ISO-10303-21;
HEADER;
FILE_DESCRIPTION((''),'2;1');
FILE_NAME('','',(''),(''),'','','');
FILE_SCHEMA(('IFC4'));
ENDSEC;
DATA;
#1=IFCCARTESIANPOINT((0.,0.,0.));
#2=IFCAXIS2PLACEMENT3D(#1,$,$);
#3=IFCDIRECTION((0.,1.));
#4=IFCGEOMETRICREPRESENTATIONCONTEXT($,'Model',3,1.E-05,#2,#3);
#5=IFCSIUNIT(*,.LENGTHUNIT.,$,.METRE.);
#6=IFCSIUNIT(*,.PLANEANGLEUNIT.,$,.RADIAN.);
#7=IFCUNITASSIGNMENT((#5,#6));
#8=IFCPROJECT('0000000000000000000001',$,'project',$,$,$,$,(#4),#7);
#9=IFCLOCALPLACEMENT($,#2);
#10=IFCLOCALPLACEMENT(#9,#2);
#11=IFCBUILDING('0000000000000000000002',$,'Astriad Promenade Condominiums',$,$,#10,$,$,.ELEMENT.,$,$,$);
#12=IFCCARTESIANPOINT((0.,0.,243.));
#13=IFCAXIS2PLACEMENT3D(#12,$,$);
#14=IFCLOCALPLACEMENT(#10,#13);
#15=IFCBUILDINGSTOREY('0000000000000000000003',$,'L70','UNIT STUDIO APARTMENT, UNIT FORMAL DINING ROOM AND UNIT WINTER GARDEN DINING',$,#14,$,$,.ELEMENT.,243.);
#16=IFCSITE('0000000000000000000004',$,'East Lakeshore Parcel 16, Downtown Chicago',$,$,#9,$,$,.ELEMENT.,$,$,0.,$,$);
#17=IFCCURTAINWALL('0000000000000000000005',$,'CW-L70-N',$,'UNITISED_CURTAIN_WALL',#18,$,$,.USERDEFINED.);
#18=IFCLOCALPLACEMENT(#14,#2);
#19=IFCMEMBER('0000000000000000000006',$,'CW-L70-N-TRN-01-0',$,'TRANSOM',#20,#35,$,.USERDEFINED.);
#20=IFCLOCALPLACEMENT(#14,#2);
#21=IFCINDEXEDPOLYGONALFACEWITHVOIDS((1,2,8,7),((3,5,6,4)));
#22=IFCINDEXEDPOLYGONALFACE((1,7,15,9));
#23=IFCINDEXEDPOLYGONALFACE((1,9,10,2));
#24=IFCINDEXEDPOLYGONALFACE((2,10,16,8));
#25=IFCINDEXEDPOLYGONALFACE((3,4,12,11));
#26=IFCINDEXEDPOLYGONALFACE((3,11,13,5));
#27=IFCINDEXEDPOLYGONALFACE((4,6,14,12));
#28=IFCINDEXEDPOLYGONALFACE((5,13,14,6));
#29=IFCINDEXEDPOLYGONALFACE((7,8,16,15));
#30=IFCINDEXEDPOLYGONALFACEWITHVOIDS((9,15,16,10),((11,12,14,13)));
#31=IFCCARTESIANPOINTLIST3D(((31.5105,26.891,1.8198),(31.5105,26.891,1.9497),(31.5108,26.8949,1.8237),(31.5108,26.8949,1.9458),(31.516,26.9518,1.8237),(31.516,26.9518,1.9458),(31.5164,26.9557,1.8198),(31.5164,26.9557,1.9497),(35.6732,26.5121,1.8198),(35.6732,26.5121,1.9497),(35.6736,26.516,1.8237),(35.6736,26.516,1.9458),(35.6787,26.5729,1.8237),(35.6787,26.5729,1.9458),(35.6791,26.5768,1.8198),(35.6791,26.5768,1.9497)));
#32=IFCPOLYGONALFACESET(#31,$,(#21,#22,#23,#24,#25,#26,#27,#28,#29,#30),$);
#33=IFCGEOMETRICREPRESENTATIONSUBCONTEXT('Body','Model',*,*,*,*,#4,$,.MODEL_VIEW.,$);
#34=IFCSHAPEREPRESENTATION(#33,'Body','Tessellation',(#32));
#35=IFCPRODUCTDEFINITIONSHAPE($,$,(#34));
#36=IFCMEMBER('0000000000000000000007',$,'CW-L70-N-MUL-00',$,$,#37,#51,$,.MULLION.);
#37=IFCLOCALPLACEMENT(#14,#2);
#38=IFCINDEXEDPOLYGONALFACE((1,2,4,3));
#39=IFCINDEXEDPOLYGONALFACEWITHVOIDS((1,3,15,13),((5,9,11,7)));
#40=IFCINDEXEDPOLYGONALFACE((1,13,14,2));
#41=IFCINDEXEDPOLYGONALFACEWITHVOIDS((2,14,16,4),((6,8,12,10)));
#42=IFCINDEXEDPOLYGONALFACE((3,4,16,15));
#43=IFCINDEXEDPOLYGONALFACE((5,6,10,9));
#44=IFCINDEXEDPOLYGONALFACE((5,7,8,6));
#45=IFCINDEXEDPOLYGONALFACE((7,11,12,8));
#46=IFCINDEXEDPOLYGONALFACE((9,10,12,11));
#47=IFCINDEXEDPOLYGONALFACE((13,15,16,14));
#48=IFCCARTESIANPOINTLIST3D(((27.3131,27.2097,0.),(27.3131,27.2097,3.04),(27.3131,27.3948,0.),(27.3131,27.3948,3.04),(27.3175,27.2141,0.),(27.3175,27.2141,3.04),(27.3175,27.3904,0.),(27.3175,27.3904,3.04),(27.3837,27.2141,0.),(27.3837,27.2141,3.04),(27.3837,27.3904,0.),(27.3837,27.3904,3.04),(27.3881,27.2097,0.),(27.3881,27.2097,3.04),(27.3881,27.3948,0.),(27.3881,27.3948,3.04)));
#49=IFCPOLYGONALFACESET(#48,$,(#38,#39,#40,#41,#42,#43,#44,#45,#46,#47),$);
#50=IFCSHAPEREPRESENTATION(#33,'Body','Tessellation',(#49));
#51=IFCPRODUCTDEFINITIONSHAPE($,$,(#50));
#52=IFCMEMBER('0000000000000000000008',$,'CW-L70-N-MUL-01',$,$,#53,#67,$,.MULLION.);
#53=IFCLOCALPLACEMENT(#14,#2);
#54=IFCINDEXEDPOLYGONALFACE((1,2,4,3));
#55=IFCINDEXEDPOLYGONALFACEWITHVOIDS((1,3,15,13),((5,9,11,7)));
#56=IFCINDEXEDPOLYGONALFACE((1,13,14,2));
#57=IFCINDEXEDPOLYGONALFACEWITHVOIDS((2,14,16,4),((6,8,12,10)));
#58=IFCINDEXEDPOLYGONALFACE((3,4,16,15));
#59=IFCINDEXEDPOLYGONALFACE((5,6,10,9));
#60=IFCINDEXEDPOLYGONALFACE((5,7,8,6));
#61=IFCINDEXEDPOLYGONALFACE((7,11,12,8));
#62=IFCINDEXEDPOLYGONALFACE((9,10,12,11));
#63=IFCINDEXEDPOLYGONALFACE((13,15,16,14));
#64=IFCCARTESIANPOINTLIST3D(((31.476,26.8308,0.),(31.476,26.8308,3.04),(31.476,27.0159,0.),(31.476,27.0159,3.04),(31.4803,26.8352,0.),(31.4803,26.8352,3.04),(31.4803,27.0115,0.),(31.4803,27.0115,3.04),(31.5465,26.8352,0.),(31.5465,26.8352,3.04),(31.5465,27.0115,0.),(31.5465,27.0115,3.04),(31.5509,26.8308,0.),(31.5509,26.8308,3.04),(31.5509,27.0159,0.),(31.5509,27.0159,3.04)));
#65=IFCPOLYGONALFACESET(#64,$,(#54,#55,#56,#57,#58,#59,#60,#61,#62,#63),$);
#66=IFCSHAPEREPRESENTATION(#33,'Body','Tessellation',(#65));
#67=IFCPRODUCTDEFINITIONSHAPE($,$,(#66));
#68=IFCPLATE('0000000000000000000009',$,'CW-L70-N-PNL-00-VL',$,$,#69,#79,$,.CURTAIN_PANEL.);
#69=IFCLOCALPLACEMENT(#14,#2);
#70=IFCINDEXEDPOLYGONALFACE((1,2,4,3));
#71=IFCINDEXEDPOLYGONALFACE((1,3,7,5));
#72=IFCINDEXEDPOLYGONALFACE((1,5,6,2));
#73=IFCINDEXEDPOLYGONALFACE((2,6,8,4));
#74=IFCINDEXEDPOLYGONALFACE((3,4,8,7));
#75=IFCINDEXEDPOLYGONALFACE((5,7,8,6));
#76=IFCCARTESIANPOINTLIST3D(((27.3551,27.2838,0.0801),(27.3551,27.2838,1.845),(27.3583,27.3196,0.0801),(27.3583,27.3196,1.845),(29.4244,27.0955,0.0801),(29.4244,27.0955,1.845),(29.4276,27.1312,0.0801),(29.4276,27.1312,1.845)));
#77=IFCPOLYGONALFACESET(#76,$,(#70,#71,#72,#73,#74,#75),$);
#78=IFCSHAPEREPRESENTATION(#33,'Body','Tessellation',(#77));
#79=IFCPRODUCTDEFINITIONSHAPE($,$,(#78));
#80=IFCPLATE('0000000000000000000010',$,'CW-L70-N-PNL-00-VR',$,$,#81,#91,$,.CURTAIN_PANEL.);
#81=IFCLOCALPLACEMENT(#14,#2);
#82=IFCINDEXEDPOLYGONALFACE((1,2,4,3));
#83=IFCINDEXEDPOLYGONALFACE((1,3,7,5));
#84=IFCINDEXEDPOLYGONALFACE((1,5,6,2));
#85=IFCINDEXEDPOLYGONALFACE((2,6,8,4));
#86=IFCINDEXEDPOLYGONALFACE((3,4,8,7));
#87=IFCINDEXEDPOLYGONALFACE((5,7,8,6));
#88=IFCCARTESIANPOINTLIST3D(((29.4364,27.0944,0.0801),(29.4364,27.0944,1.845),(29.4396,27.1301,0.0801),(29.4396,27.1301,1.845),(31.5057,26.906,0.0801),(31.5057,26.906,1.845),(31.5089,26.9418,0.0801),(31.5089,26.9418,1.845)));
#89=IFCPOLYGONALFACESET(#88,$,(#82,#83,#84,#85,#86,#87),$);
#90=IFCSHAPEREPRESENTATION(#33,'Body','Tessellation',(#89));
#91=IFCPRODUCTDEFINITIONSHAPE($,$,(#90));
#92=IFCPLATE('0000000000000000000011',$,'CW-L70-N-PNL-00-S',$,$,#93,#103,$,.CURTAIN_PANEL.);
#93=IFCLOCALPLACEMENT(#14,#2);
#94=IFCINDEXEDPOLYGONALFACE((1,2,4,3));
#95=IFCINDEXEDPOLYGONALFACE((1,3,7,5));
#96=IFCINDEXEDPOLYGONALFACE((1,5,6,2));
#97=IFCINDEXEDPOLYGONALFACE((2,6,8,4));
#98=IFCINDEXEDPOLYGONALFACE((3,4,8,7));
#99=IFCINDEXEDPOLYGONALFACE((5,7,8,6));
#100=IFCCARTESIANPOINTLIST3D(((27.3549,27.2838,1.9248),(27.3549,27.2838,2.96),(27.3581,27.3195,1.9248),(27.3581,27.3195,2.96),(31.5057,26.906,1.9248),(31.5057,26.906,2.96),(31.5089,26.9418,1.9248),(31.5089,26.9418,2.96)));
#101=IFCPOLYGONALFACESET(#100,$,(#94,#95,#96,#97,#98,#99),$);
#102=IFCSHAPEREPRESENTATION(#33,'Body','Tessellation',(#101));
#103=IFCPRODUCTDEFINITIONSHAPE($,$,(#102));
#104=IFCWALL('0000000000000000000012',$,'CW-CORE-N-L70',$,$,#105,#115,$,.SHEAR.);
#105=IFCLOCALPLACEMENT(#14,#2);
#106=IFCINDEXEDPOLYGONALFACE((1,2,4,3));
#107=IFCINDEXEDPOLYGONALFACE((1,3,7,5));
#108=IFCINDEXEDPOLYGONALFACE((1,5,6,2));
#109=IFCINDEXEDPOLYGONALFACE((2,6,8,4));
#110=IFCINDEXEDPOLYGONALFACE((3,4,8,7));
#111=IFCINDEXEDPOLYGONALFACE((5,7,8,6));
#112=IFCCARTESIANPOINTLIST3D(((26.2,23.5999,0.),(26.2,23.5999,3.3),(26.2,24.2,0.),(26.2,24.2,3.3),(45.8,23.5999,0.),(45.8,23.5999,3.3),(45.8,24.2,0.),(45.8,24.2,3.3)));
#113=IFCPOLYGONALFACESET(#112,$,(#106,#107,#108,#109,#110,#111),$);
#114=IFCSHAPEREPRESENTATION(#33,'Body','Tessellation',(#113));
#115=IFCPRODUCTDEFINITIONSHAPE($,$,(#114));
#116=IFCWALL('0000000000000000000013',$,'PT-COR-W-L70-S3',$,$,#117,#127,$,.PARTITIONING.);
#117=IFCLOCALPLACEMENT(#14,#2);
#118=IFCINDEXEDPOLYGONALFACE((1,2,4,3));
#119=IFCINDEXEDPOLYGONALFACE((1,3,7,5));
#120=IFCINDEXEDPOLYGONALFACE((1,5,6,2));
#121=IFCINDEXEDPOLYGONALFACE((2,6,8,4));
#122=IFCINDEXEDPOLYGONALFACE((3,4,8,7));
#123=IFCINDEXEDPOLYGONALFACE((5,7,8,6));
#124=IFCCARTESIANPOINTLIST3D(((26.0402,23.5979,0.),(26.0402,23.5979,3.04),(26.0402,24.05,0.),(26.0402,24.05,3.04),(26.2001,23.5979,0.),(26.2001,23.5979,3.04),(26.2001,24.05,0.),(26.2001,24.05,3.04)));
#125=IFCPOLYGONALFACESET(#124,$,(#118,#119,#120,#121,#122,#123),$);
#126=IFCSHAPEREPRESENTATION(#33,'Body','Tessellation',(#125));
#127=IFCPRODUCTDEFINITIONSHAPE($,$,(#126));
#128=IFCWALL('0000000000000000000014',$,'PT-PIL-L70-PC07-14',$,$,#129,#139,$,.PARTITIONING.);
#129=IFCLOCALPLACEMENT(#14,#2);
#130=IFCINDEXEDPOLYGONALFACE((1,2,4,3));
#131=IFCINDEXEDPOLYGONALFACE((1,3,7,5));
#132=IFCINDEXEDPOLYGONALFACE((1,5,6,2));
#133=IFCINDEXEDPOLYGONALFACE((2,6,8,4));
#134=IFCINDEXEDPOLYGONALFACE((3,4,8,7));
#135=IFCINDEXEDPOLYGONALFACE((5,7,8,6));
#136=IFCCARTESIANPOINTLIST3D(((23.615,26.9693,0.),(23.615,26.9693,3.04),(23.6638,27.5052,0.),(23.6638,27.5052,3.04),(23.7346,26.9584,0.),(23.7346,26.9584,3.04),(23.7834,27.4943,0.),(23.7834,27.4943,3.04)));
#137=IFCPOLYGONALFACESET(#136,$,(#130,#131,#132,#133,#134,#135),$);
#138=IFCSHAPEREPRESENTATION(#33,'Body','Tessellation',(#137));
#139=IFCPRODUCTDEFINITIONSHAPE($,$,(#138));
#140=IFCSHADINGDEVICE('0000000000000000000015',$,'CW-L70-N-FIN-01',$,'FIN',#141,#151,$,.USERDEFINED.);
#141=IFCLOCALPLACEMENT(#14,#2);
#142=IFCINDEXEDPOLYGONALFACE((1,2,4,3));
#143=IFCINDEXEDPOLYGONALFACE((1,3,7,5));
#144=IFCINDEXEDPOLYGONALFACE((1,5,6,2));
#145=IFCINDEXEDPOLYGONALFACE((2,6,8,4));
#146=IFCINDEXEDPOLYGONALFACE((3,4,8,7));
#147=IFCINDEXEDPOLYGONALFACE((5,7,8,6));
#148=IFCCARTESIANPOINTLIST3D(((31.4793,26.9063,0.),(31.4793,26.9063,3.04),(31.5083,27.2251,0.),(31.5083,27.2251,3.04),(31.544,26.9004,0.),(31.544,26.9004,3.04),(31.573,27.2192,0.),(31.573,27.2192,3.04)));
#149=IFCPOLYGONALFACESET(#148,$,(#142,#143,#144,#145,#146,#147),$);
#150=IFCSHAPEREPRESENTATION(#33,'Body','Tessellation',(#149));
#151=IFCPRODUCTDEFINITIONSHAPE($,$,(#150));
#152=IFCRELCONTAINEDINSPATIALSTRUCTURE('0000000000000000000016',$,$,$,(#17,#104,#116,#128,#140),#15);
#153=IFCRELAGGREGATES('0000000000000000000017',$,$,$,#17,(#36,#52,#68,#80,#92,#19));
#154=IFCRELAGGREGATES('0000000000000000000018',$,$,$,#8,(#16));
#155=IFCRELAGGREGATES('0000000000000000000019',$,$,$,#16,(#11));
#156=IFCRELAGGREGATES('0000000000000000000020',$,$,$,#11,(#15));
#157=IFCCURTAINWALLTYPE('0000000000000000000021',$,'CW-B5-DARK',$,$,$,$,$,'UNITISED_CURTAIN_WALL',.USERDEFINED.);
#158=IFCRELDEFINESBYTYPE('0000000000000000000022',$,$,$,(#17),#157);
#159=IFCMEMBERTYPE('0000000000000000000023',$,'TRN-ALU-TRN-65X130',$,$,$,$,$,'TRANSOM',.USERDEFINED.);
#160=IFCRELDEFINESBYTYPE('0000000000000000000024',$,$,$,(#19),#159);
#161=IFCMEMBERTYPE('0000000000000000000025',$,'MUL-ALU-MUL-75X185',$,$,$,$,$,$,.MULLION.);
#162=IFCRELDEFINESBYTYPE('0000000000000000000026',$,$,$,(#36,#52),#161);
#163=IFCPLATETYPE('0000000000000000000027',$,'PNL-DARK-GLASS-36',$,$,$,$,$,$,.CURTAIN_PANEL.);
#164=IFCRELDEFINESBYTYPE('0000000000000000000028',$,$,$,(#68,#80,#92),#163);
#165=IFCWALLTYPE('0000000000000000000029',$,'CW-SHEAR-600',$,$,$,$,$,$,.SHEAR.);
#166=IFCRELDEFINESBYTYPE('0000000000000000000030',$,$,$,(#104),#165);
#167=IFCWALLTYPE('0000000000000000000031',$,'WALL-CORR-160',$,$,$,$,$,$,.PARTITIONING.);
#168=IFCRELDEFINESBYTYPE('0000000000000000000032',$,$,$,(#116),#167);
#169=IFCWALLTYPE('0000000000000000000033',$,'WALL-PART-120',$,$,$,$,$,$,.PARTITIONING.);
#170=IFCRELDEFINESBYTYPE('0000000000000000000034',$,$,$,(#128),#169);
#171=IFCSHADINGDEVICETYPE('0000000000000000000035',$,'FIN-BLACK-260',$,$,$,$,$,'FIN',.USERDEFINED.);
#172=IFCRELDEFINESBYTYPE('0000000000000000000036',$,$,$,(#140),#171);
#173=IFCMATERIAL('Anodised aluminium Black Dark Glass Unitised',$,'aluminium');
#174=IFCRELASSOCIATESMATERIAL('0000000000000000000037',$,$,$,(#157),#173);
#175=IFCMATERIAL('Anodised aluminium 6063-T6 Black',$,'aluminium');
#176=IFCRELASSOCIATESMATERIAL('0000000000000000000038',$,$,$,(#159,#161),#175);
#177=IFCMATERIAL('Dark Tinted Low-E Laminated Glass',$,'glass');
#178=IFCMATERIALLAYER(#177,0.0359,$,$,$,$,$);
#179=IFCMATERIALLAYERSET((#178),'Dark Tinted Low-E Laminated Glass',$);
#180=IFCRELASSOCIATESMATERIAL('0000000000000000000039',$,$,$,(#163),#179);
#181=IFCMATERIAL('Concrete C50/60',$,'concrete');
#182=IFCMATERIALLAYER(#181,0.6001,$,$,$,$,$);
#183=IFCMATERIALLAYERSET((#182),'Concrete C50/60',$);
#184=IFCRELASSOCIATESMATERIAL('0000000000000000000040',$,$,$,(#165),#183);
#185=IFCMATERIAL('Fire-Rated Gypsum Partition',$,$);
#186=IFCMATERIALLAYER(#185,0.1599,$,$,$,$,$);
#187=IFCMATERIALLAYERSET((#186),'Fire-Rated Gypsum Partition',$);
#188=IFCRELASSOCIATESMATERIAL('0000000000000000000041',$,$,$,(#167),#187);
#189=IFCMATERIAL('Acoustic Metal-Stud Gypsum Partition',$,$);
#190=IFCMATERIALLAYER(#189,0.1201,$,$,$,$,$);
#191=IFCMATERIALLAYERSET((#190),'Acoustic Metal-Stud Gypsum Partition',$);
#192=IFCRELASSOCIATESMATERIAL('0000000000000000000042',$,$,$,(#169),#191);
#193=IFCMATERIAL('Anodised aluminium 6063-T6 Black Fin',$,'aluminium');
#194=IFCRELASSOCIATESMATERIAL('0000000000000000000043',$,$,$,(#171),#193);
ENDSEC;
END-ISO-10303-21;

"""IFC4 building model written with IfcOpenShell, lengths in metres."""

from ifc_helpers import new_model, si_unit, direction, frame, frame_2d, origin, origin_2d, place, context, subcontext, project, spatial, rectangle, hollow_rectangle, extrude, source, transform, mapped, material, layer, layer_set, material_profile, profile_set, type_object, type_shapes, element, aggregate, save


model = new_model("IFC4")

# Units and contexts
model_context = context("Model", 3, precision=1e-05, world=origin(), true_north=direction((0.0, 1.0)))
body_context = subcontext(model_context, "Body", "Model", "MODEL_VIEW")
ifc_project = project(units=[si_unit("LENGTHUNIT", "METRE"), si_unit("PLANEANGLEUNIT", "RADIAN")], contexts=[model_context])

# Site, building, storey
site_placement = place(None, origin())
site = spatial("IfcSite", under=ifc_project, at=site_placement, Name="East Lakeshore Parcel 16, Downtown Chicago", CompositionType="ELEMENT", RefElevation=0.0)
building_placement = place(site_placement, origin())
building = spatial("IfcBuilding", under=site, at=building_placement, Name="Astriad Promenade Condominiums", CompositionType="ELEMENT")
storey_placement = place(building_placement, frame((0.0, 0.0, 243.0)))
storey = spatial("IfcBuildingStorey", under=building, at=storey_placement, Name="L70", Description="UNIT STUDIO APARTMENT, UNIT FORMAL DINING ROOM AND UNIT WINTER GARDEN DINING", CompositionType="ELEMENT", Elevation=243.0)

# Shared definitions
ifc_material_1 = material(Name="Concrete C50/60", Category="concrete")

# Curtain wall, members, plates
ifc_material_2 = material(Name="Anodised aluminium Black Dark Glass Unitised", Category="aluminium")
curtain_wall_type = type_object("IfcCurtainWallType", Name="CW-B5-DARK", ElementType="UNITISED_CURTAIN_WALL", PredefinedType="USERDEFINED", material=ifc_material_2)
curtain_wall_placement = place(storey_placement, origin())
curtain_wall = element("IfcCurtainWall", 1, at=curtain_wall_placement, inside=storey, type_object=curtain_wall_type, Name="CW-L70-N", ObjectType="UNITISED_CURTAIN_WALL", PredefinedType="USERDEFINED")
ifc_material_3 = material(Name="Anodised aluminium 6063-T6 Black", Category="aluminium")
ifc_material_profile_1 = material_profile(ifc_material_3, hollow_rectangle(XDim=0.0649, YDim=0.1299, WallThickness=0.0039, at=origin_2d()), Name="ALU-TRN-65X130")
ifc_profile_set_1 = profile_set([ifc_material_profile_1], Name="Anodised aluminium 6063-T6 Black")
member_type_1 = type_object("IfcMemberType", Name="TRN-ALU-TRN-65X130", ElementType="TRANSOM", PredefinedType="USERDEFINED", material=ifc_profile_set_1)
shared_shape_1 = source(origin(), body_context, "Body", "SweptSolid", [
    extrude(hollow_rectangle(XDim=0.0649, YDim=0.1299, WallThickness=0.0039, at=origin_2d()), origin(), (0.0, 0.0, 1.0), 4.1799),
])
type_shapes(member_type_1, [shared_shape_1])
member_1_placement = place(storey_placement, frame((31.5134, 26.9233, 1.8848), z_axis=(0.995883, -0.090646, 0.0), x_axis=(0.090646, 0.995883, 0.0)))
member_1 = element("IfcMember", 2, at=member_1_placement, type_object=member_type_1, Name="CW-L70-N-TRN-01-0", ObjectType="TRANSOM", PredefinedType="USERDEFINED", context=body_context, shape_type="MappedRepresentation", body=[
    mapped(shared_shape_1, transform((0.0, 0.0, 0.0), scale=1.0)),
])
ifc_material_profile_2 = material_profile(ifc_material_3, hollow_rectangle(XDim=0.075, YDim=0.1851, WallThickness=0.0044, at=origin_2d()), Name="ALU-MUL-75X185")
ifc_profile_set_2 = profile_set([ifc_material_profile_2], Name="Anodised aluminium 6063-T6 Black")
member_type_2 = type_object("IfcMemberType", Name="MUL-ALU-MUL-75X185", PredefinedType="MULLION", material=ifc_profile_set_2)
shared_shape_2 = source(origin(), body_context, "Body", "SweptSolid", [
    extrude(hollow_rectangle(XDim=0.075, YDim=0.1851, WallThickness=0.0044, at=origin_2d()), origin(), (0.0, 0.0, 1.0), 3.04),
])
type_shapes(member_type_2, [shared_shape_2])
member_2_placement = place(storey_placement, frame((27.3506, 27.3022, 0.0), z_axis=(0.0, 0.0, 1.0), x_axis=(1.0, 0.0, 0.0)))
member_2 = element("IfcMember", 3, at=member_2_placement, type_object=member_type_2, Name="CW-L70-N-MUL-00", PredefinedType="MULLION", context=body_context, shape_type="MappedRepresentation", body=[
    mapped(shared_shape_2, transform((0.0, 0.0, 0.0), scale=1.0)),
])
member_3_placement = place(storey_placement, frame((31.5134, 26.9233, 0.0), z_axis=(0.0, 0.0, 1.0), x_axis=(1.0, 0.0, 0.0)))
member_3 = element("IfcMember", 4, at=member_3_placement, type_object=member_type_2, Name="CW-L70-N-MUL-01", PredefinedType="MULLION", context=body_context, shape_type="MappedRepresentation", body=[
    mapped(shared_shape_2, transform((0.0, 0.0, 0.0), scale=1.0)),
])
ifc_material_4 = material(Name="Dark Tinted Low-E Laminated Glass", Category="glass")
ifc_layer_1 = layer(ifc_material_4, 0.0359)
ifc_layer_set_1 = layer_set([ifc_layer_1], Name="Dark Tinted Low-E Laminated Glass")
plate_type = type_object("IfcPlateType", Name="PNL-DARK-GLASS-36", PredefinedType="CURTAIN_PANEL", material=ifc_layer_set_1)
shared_shape_3 = source(origin(), body_context, "Body", "SweptSolid", [
    extrude(rectangle(XDim=2.0779, YDim=0.0359, at=origin_2d()), origin(), (0.0, 0.0, 1.0), 1.7649),
])
plate_1_placement = place(storey_placement, frame((28.3914, 27.2075, 0.0801), z_axis=(0.0, 0.0, 1.0), x_axis=(0.995884, -0.090633, 0.0)))
plate_1 = element("IfcPlate", 5, at=plate_1_placement, type_object=plate_type, Name="CW-L70-N-PNL-00-VL", PredefinedType="CURTAIN_PANEL", context=body_context, shape_type="MappedRepresentation", body=[
    mapped(shared_shape_3, transform((0.0, 0.0, 0.0), scale=1.0)),
])
plate_2_placement = place(storey_placement, frame((30.4727, 27.0181, 0.0801), z_axis=(0.0, 0.0, 1.0), x_axis=(0.995884, -0.090633, 0.0)))
plate_2 = element("IfcPlate", 6, at=plate_2_placement, type_object=plate_type, Name="CW-L70-N-PNL-00-VR", PredefinedType="CURTAIN_PANEL", context=body_context, shape_type="MappedRepresentation", body=[
    mapped(shared_shape_3, transform((0.0, 0.0, 0.0), scale=1.0)),
])
shared_shape_4 = source(origin(), body_context, "Body", "SweptSolid", [
    extrude(rectangle(XDim=4.168, YDim=0.0359, at=origin_2d()), origin(), (0.0, 0.0, 1.0), 1.0352),
])
type_shapes(plate_type, [shared_shape_3, shared_shape_4])
plate_3_placement = place(storey_placement, frame((29.4319, 27.1128, 1.9248), z_axis=(0.0, 0.0, 1.0), x_axis=(0.995884, -0.090633, 0.0)))
plate_3 = element("IfcPlate", 7, at=plate_3_placement, type_object=plate_type, Name="CW-L70-N-PNL-00-S", PredefinedType="CURTAIN_PANEL", context=body_context, shape_type="MappedRepresentation", body=[
    mapped(shared_shape_4, transform((0.0, 0.0, 0.0), scale=1.0)),
])
aggregate(curtain_wall, [member_2, member_3, plate_1, plate_2, plate_3, member_1])

# Walls
ifc_layer_2 = layer(ifc_material_1, 0.6001)
ifc_layer_set_2 = layer_set([ifc_layer_2], Name="Concrete C50/60")
wall_type_1 = type_object("IfcWallType", Name="CW-SHEAR-600", PredefinedType="SHEAR", material=ifc_layer_set_2)
wall_1_placement = place(storey_placement, frame((26.2, 23.8999, 0.0), z_axis=(0.0, 0.0, 1.0), x_axis=(1.0, 0.0, 0.0)))
element("IfcWall", 8, at=wall_1_placement, inside=storey, type_object=wall_type_1, Name="CW-CORE-N-L70", PredefinedType="SHEAR", context=body_context, shape_type="SweptSolid", body=[
    extrude(rectangle(XDim=19.6001, YDim=0.6001, at=frame_2d((9.8, 0.0))), origin(), (0.0, 0.0, 1.0), 3.3),
])
ifc_material_5 = material(Name="Fire-Rated Gypsum Partition")
ifc_layer_3 = layer(ifc_material_5, 0.1599)
ifc_layer_set_3 = layer_set([ifc_layer_3], Name="Fire-Rated Gypsum Partition")
wall_type_2 = type_object("IfcWallType", Name="WALL-CORR-160", PredefinedType="PARTITIONING", material=ifc_layer_set_3)
wall_2_placement = place(storey_placement, frame((26.1201, 23.5979, 0.0), z_axis=(0.0, 0.0, 1.0), x_axis=(0.0, 1.0, 0.0)))
element("IfcWall", 9, at=wall_2_placement, inside=storey, type_object=wall_type_2, Name="PT-COR-W-L70-S3", PredefinedType="PARTITIONING", context=body_context, shape_type="SweptSolid", body=[
    extrude(rectangle(XDim=0.4521, YDim=0.1599, at=frame_2d((0.2261, 0.0))), origin(), (0.0, 0.0, 1.0), 3.04),
])
ifc_material_6 = material(Name="Acoustic Metal-Stud Gypsum Partition")
ifc_layer_4 = layer(ifc_material_6, 0.1201)
ifc_layer_set_4 = layer_set([ifc_layer_4], Name="Acoustic Metal-Stud Gypsum Partition")
wall_type_3 = type_object("IfcWallType", Name="WALL-PART-120", PredefinedType="PARTITIONING", material=ifc_layer_set_4)
wall_3_placement = place(storey_placement, frame((23.6748, 26.9639, 0.0), z_axis=(0.0, 0.0, 1.0), x_axis=(0.09074, 0.995875, 0.0)))
element("IfcWall", 10, at=wall_3_placement, inside=storey, type_object=wall_type_3, Name="PT-PIL-L70-PC07-14", PredefinedType="PARTITIONING", context=body_context, shape_type="SweptSolid", body=[
    extrude(rectangle(XDim=0.5381, YDim=0.1201, at=frame_2d((0.269, 0.0))), origin(), (0.0, 0.0, 1.0), 3.04),
])

# Shading device
ifc_material_7 = material(Name="Anodised aluminium 6063-T6 Black Fin", Category="aluminium")
shading_device_type = type_object("IfcShadingDeviceType", Name="FIN-BLACK-260", ElementType="FIN", PredefinedType="USERDEFINED", material=ifc_material_7)
shared_shape_5 = source(origin(), body_context, "Body", "SweptSolid", [
    extrude(rectangle(XDim=0.0649, YDim=0.3201, at=origin_2d()), origin(), (0.0, 0.0, 1.0), 3.04),
])
type_shapes(shading_device_type, [shared_shape_5])
shading_device_placement = place(storey_placement, frame((31.5261, 27.0627, 0.0), z_axis=(0.0, 0.0, 1.0), x_axis=(0.995884, -0.090633, 0.0)))
element("IfcShadingDevice", 11, at=shading_device_placement, inside=storey, type_object=shading_device_type, Name="CW-L70-N-FIN-01", ObjectType="FIN", PredefinedType="USERDEFINED", context=body_context, shape_type="MappedRepresentation", body=[
    mapped(shared_shape_5, transform((0.0, 0.0, 0.0), scale=1.0)),
])

save(model, "model.ifc")
